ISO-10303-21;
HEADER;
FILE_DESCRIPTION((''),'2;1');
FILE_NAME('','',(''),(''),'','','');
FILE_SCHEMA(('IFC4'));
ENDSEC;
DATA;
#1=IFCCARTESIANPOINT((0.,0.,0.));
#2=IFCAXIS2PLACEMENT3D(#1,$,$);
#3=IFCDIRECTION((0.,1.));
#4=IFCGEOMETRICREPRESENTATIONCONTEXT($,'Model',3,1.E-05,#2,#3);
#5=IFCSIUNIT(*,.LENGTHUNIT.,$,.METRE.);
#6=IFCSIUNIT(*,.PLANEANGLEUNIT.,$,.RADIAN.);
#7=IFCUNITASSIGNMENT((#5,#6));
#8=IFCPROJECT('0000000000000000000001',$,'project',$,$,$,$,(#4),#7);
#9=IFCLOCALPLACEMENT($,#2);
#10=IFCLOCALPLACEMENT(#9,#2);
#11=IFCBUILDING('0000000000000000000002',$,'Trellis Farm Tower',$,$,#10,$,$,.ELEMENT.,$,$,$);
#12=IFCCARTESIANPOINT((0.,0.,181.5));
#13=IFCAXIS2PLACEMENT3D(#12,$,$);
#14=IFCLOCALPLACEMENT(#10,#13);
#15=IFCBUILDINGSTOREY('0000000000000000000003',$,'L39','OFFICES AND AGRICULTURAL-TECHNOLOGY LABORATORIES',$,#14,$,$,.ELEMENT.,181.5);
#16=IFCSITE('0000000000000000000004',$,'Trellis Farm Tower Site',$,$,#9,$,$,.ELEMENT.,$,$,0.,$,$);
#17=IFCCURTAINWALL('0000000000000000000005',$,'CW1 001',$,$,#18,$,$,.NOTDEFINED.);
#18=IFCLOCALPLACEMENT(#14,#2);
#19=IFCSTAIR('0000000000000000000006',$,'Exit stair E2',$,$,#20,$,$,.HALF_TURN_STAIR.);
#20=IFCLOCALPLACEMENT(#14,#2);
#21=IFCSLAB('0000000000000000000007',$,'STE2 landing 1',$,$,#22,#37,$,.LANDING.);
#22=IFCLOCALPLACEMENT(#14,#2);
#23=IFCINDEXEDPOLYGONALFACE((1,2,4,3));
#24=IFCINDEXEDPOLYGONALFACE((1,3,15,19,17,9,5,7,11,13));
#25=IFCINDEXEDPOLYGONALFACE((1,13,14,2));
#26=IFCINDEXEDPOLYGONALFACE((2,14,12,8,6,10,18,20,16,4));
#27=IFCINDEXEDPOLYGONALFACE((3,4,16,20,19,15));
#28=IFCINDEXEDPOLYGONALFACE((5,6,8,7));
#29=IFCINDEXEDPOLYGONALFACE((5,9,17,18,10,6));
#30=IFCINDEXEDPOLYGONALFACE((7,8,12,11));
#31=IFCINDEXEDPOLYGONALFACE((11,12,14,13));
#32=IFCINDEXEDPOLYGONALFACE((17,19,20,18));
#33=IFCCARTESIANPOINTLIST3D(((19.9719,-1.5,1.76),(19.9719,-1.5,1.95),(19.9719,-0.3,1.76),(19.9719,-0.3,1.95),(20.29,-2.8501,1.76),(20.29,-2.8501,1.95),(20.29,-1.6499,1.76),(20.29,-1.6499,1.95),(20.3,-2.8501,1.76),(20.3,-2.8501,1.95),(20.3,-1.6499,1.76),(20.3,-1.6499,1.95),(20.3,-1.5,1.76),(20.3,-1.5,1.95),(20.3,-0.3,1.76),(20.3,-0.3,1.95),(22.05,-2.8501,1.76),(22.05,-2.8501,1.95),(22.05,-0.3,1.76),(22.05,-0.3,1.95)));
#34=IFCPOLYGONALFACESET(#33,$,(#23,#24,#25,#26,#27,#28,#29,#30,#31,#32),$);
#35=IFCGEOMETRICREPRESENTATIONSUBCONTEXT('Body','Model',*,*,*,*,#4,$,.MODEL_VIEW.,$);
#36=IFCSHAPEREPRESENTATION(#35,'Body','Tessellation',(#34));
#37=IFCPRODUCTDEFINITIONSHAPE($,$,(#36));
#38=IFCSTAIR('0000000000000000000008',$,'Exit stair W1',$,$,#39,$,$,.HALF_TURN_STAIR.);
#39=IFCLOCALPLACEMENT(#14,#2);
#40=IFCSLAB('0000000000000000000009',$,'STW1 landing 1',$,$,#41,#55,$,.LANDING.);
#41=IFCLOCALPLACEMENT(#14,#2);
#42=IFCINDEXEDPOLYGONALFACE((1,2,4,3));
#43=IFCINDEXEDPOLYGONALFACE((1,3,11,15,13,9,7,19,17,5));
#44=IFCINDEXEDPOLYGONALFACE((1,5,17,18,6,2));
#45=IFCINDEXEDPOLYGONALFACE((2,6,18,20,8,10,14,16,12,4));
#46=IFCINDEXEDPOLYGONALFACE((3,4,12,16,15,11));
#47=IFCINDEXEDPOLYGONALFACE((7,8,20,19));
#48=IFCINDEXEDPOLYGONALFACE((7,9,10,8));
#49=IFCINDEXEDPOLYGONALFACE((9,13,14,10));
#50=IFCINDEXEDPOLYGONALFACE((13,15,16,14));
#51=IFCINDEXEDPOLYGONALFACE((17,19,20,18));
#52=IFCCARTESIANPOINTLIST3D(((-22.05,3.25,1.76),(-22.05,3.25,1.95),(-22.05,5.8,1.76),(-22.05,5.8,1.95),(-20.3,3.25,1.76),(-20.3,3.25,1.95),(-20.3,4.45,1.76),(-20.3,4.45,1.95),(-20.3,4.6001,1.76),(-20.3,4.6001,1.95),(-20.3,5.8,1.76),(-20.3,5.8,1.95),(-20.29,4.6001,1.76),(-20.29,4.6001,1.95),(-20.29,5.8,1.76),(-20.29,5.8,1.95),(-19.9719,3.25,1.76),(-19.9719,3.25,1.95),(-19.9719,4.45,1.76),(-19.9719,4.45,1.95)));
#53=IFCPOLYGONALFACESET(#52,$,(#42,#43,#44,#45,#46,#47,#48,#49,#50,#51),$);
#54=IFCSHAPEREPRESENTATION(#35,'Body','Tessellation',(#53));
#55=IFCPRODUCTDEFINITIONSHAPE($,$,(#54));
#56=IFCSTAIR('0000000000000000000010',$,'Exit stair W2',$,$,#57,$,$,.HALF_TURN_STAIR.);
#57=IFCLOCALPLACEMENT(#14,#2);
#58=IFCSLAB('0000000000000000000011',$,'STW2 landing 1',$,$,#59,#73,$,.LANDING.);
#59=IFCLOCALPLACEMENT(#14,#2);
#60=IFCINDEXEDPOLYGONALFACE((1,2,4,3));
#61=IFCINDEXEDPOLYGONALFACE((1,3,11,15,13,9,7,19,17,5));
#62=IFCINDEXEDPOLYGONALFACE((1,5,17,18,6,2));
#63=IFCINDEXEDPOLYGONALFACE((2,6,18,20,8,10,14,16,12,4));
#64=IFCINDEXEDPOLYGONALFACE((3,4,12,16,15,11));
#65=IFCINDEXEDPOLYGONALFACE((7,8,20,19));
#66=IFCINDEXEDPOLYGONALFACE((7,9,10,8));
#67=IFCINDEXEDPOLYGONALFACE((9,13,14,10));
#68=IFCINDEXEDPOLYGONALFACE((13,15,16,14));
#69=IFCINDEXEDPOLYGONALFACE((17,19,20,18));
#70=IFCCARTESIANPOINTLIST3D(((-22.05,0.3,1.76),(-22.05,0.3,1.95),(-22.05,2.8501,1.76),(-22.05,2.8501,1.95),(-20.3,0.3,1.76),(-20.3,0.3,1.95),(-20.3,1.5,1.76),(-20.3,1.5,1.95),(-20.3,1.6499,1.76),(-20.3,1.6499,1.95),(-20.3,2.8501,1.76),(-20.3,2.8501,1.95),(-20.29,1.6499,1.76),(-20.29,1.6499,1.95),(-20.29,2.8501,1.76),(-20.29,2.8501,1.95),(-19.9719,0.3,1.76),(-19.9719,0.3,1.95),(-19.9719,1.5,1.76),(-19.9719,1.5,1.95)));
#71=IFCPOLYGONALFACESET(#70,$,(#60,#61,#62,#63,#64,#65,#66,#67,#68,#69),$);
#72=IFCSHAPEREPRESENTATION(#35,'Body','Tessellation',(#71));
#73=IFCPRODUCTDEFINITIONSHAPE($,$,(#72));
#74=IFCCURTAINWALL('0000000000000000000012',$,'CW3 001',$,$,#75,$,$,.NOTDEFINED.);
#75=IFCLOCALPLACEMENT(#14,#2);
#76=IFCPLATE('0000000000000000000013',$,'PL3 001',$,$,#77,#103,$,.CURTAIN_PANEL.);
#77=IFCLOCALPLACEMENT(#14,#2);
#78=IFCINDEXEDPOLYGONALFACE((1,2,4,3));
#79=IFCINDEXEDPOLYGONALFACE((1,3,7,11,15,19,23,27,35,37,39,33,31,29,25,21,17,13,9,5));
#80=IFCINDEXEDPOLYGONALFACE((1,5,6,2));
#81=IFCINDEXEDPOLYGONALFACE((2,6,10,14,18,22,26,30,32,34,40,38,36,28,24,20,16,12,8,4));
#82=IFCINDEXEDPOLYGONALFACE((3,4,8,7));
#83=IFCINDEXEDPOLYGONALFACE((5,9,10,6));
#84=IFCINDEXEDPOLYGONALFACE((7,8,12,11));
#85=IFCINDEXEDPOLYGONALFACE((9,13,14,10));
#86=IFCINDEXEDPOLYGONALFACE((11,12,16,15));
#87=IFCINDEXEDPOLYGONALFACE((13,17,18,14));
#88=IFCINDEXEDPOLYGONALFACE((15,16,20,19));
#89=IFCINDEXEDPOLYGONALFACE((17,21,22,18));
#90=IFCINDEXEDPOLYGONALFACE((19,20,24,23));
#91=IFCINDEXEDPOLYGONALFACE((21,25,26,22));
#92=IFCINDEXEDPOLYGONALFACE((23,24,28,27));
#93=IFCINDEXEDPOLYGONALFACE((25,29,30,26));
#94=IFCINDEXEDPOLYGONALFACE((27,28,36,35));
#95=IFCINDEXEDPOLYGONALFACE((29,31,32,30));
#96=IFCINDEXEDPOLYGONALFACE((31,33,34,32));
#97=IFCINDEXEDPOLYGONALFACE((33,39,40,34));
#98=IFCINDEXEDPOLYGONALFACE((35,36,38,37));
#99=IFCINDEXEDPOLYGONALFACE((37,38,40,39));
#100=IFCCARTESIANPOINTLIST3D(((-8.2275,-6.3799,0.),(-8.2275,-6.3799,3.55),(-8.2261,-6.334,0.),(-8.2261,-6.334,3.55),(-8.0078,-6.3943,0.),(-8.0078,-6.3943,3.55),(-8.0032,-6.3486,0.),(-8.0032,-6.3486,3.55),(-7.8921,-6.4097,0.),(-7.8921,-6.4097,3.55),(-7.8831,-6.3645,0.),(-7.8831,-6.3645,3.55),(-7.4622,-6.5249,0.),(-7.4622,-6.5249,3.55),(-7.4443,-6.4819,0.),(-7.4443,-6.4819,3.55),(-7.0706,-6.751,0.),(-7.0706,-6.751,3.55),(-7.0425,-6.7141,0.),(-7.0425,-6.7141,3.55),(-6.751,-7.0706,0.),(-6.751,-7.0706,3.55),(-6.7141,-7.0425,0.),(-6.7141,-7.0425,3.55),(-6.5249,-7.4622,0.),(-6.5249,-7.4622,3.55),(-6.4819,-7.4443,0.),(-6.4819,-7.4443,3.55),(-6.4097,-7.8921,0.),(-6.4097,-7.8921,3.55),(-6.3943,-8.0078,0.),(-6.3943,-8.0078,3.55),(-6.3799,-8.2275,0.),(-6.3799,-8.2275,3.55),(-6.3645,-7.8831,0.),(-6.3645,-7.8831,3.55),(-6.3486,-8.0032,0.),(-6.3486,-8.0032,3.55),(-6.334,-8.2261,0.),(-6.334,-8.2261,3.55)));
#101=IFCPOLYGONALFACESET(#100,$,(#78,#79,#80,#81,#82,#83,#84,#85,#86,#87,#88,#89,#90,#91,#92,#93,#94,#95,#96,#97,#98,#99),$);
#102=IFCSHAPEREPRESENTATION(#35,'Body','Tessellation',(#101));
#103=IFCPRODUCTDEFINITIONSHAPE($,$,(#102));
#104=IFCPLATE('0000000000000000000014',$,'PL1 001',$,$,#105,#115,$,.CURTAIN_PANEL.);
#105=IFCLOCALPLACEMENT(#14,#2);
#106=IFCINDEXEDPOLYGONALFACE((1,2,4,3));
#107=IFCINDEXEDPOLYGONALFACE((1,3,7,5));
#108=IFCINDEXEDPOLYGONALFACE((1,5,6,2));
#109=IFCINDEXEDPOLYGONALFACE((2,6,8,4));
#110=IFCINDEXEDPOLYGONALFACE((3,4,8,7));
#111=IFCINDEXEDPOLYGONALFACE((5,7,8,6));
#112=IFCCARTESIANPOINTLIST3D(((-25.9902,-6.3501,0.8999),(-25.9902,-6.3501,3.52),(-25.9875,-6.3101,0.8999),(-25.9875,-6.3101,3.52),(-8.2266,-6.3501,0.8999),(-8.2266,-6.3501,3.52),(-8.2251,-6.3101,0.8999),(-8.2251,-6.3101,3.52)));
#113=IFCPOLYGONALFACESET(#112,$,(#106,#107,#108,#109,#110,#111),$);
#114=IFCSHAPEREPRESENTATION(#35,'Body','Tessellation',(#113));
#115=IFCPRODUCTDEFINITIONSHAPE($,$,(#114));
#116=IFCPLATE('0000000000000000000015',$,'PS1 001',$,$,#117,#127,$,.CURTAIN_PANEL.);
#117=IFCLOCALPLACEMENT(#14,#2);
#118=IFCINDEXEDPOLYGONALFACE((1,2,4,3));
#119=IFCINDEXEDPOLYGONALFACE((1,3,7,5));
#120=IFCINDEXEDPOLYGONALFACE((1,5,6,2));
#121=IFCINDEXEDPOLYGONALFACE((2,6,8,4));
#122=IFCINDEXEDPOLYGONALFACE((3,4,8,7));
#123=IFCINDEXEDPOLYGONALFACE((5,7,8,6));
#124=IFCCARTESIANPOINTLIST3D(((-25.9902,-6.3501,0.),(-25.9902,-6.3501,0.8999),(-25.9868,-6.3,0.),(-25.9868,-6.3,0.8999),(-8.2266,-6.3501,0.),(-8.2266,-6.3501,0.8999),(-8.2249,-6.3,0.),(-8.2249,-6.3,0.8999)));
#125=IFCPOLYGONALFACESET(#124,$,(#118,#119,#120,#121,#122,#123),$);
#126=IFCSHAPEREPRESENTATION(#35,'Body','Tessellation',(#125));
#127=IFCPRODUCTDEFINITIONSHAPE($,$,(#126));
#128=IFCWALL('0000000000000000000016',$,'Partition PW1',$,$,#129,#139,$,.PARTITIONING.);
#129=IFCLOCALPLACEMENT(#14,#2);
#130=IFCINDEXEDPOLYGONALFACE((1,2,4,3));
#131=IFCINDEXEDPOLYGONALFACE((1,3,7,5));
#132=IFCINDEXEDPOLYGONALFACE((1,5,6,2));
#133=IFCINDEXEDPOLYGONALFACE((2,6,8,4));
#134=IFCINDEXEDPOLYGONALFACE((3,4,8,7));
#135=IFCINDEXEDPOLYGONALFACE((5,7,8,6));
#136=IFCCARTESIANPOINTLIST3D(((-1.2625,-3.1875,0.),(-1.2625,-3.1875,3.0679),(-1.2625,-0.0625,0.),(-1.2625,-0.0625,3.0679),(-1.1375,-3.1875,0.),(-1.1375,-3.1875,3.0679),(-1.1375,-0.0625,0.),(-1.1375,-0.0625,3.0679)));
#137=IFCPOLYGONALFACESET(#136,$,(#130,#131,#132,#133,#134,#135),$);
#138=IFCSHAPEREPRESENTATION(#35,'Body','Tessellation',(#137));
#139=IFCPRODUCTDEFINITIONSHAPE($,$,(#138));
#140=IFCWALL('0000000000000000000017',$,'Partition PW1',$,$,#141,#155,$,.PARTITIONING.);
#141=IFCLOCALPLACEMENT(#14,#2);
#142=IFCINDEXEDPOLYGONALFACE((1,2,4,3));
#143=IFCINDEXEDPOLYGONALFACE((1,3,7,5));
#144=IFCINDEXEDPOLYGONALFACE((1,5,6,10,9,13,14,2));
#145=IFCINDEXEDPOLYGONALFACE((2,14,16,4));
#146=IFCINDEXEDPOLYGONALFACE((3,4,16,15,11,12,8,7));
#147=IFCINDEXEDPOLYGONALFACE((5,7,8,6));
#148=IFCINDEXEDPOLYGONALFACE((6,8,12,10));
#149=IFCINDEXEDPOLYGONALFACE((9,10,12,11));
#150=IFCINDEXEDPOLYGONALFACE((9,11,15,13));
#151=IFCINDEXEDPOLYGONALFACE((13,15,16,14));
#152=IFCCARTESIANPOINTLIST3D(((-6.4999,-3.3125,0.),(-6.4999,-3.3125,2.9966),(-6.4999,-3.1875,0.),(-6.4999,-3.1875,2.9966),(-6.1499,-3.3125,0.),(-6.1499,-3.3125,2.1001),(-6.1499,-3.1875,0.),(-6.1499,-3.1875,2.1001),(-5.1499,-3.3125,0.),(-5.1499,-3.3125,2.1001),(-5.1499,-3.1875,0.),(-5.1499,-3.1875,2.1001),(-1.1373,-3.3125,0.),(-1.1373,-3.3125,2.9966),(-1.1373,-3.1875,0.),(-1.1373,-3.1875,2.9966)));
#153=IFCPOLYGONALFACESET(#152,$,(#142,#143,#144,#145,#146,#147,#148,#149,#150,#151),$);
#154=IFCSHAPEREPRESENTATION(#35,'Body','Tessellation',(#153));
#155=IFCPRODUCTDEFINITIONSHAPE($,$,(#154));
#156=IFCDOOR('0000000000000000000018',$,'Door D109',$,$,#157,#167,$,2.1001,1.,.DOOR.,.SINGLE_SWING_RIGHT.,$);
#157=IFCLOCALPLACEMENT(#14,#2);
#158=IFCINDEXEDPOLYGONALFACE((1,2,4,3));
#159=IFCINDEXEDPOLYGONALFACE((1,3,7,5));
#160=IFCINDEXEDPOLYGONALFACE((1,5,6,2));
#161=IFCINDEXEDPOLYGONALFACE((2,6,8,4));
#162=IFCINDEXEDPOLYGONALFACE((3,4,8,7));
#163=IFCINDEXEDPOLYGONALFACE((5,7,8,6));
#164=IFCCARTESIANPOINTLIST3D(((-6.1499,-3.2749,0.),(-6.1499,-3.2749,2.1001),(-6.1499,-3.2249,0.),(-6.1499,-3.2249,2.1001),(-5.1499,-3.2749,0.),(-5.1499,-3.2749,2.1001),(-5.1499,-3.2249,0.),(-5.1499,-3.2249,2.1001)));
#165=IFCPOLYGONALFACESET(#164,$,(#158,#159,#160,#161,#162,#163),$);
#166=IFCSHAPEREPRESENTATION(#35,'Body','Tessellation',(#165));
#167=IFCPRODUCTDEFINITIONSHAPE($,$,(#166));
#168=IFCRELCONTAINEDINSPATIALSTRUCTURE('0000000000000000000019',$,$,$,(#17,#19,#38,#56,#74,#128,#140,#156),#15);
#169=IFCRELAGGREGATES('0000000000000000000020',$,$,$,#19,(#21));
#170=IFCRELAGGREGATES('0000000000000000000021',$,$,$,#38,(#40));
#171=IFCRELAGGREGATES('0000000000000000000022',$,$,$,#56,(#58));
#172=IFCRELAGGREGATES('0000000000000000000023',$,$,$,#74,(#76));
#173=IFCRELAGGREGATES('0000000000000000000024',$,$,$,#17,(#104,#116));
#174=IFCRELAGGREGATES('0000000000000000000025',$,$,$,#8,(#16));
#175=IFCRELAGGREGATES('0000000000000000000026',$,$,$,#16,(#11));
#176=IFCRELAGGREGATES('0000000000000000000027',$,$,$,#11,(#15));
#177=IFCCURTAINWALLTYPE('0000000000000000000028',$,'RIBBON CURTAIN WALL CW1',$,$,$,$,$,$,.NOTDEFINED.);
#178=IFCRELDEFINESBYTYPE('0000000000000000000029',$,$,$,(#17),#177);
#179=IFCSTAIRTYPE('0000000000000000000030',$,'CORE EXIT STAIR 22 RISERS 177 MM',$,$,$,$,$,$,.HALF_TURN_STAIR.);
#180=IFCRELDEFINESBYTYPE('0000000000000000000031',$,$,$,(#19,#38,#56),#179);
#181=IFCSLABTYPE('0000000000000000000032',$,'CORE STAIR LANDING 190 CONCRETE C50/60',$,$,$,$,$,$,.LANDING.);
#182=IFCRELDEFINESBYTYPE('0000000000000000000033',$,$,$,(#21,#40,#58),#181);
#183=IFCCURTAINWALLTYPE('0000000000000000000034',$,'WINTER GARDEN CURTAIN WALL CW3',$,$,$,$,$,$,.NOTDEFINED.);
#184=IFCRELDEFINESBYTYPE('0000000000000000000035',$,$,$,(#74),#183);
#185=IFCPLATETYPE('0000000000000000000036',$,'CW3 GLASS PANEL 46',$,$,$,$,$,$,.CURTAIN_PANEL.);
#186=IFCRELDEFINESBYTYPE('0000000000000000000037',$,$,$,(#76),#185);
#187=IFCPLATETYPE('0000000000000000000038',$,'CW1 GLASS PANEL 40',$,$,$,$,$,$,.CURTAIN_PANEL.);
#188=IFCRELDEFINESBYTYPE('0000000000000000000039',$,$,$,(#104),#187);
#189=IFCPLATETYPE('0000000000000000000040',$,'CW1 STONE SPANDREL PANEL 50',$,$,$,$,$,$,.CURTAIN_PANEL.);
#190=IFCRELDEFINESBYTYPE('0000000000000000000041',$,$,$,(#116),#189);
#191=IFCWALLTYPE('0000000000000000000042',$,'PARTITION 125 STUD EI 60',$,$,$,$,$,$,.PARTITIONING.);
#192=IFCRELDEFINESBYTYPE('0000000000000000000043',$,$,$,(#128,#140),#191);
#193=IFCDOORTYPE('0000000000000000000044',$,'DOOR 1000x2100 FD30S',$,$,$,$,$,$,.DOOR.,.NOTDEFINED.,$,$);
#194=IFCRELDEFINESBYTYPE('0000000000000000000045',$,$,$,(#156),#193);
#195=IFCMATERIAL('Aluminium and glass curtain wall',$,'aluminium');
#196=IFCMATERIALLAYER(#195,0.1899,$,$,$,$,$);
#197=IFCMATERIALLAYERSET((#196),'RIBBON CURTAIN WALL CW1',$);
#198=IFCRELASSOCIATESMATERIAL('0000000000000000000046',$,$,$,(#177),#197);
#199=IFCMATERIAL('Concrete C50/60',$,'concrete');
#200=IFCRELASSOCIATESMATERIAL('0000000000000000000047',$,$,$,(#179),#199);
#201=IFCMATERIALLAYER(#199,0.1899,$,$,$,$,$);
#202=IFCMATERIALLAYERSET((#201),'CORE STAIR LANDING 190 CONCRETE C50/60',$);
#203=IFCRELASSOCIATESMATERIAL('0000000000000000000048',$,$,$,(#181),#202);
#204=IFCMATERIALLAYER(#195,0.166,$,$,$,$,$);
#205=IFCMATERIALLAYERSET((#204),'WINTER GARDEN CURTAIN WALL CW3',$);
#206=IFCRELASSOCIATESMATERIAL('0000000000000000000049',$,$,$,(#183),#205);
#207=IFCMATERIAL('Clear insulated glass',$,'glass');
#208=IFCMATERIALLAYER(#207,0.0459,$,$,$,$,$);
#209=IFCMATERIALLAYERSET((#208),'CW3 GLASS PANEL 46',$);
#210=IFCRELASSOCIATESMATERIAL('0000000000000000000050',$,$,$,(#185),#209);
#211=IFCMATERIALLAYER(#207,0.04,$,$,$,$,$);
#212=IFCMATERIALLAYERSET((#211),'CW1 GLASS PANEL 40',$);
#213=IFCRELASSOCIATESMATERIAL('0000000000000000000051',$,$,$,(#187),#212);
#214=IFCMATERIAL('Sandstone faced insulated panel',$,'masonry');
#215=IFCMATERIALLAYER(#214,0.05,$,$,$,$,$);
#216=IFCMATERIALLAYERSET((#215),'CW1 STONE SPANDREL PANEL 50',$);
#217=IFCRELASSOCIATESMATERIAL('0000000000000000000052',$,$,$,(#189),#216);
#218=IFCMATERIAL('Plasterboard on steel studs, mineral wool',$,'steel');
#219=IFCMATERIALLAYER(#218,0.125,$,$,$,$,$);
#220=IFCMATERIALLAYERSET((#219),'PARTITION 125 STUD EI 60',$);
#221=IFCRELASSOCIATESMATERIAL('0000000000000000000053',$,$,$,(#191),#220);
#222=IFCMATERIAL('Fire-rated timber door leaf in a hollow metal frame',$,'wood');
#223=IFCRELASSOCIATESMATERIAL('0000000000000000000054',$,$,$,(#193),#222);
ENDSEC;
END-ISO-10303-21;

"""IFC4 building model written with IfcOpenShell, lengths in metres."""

from ifc_helpers import new_model, si_unit, direction, frame, frame_2d, origin, place, context, subcontext, project, spatial, polyline, rectangle, outline, extrude, source, transform, mapped, material, layer, layer_set, type_object, element, fill, aggregate, save


model = new_model("IFC4")

# Units and contexts
model_context = context("Model", 3, precision=1e-05, world=origin(), true_north=direction((0.0, 1.0)))
body_context = subcontext(model_context, "Body", "Model", "MODEL_VIEW")
ifc_project = project(units=[si_unit("LENGTHUNIT", "METRE"), si_unit("PLANEANGLEUNIT", "RADIAN")], contexts=[model_context])

# Site, building, storey
site_placement = place(None, origin())
site = spatial("IfcSite", under=ifc_project, at=site_placement, Name="Trellis Farm Tower Site", CompositionType="ELEMENT", RefElevation=0.0)
building_placement = place(site_placement, origin())
building = spatial("IfcBuilding", under=site, at=building_placement, Name="Trellis Farm Tower", CompositionType="ELEMENT")
storey_placement = place(building_placement, frame((0.0, 0.0, 181.5)))
storey = spatial("IfcBuildingStorey", under=building, at=storey_placement, Name="L39", Description="OFFICES AND AGRICULTURAL-TECHNOLOGY LABORATORIES", CompositionType="ELEMENT", Elevation=181.5)

# Curtain wall
ifc_material_1 = material(Name="Aluminium and glass curtain wall", Category="aluminium")
ifc_layer_1 = layer(ifc_material_1, 0.1899)
ifc_layer_set_1 = layer_set([ifc_layer_1], Name="RIBBON CURTAIN WALL CW1")
curtain_wall_type_1 = type_object("IfcCurtainWallType", Name="RIBBON CURTAIN WALL CW1", PredefinedType="NOTDEFINED", material=ifc_layer_set_1)
placement_1 = place(storey_placement, origin())
curtain_wall_1 = element("IfcCurtainWall", 1, at=placement_1, inside=storey, type_object=curtain_wall_type_1, Name="CW1 001", PredefinedType="NOTDEFINED")

# Stairs, slabs
ifc_material_2 = material(Name="Concrete C50/60", Category="concrete")
stair_type = type_object("IfcStairType", Name="CORE EXIT STAIR 22 RISERS 177 MM", PredefinedType="HALF_TURN_STAIR", material=ifc_material_2)
ifc_layer_2 = layer(ifc_material_2, 0.1899)
ifc_layer_set_2 = layer_set([ifc_layer_2], Name="CORE STAIR LANDING 190 CONCRETE C50/60")
slab_type_1 = type_object("IfcSlabType", Name="CORE STAIR LANDING 190 CONCRETE C50/60", PredefinedType="LANDING", material=ifc_layer_set_2)
placement_2 = place(storey_placement, frame((0.0, 0.0, 1.76)))
stair_1 = element("IfcStair", 2, at=placement_1, inside=storey, type_object=stair_type, Name="Exit stair E2", PredefinedType="HALF_TURN_STAIR")
shared_shape_1 = source(origin(), body_context, "Body", "SweptSolid", [
    extrude(outline(polyline([(20.29, -2.8501), (20.29, -1.6499), (20.3, -1.6499), (20.3, -1.5), (19.9719, -1.5), (19.9719, -0.3), (20.3, -0.3), (22.05, -0.3), (22.05, -2.8501), (20.3, -2.8501), (20.29, -2.8501)])), origin(), (0.0, 0.0, 1.0), 0.1899),
])
slab_1 = element("IfcSlab", 3, at=placement_2, type_object=slab_type_1, Name="STE2 landing 1", PredefinedType="LANDING", context=body_context, shape_type="MappedRepresentation", body=[
    mapped(shared_shape_1, transform((0.0, 0.0, 0.0))),
])
aggregate(stair_1, [slab_1])
stair_2 = element("IfcStair", 4, at=placement_1, inside=storey, type_object=stair_type, Name="Exit stair W1", PredefinedType="HALF_TURN_STAIR")
shared_shape_2 = source(origin(), body_context, "Body", "SweptSolid", [
    extrude(outline(polyline([(-19.9719, 4.45), (-19.9719, 3.25), (-20.3, 3.25), (-22.05, 3.25), (-22.05, 5.8), (-20.3, 5.8), (-20.29, 5.8), (-20.29, 4.6001), (-20.3, 4.6001), (-20.3, 4.45), (-19.9719, 4.45)])), origin(), (0.0, 0.0, 1.0), 0.1899),
])
slab_2 = element("IfcSlab", 5, at=placement_2, type_object=slab_type_1, Name="STW1 landing 1", PredefinedType="LANDING", context=body_context, shape_type="MappedRepresentation", body=[
    mapped(shared_shape_2, transform((0.0, 0.0, 0.0))),
])
aggregate(stair_2, [slab_2])
stair_3 = element("IfcStair", 6, at=placement_1, inside=storey, type_object=stair_type, Name="Exit stair W2", PredefinedType="HALF_TURN_STAIR")
shared_shape_3 = source(origin(), body_context, "Body", "SweptSolid", [
    extrude(outline(polyline([(-19.9719, 1.5), (-19.9719, 0.3), (-20.3, 0.3), (-22.05, 0.3), (-22.05, 2.8501), (-20.3, 2.8501), (-20.29, 2.8501), (-20.29, 1.6499), (-20.3, 1.6499), (-20.3, 1.5), (-19.9719, 1.5)])), origin(), (0.0, 0.0, 1.0), 0.1899),
])
slab_3 = element("IfcSlab", 7, at=placement_2, type_object=slab_type_1, Name="STW2 landing 1", PredefinedType="LANDING", context=body_context, shape_type="MappedRepresentation", body=[
    mapped(shared_shape_3, transform((0.0, 0.0, 0.0))),
])
aggregate(stair_3, [slab_3])

# Curtain wall, plate
ifc_layer_3 = layer(ifc_material_1, 0.166)
ifc_layer_set_3 = layer_set([ifc_layer_3], Name="WINTER GARDEN CURTAIN WALL CW3")
curtain_wall_type_2 = type_object("IfcCurtainWallType", Name="WINTER GARDEN CURTAIN WALL CW3", PredefinedType="NOTDEFINED", material=ifc_layer_set_3)
curtain_wall_2 = element("IfcCurtainWall", 8, at=placement_1, inside=storey, type_object=curtain_wall_type_2, Name="CW3 001", PredefinedType="NOTDEFINED")
ifc_material_3 = material(Name="Clear insulated glass", Category="glass")
ifc_layer_4 = layer(ifc_material_3, 0.0459)
ifc_layer_set_4 = layer_set([ifc_layer_4], Name="CW3 GLASS PANEL 46")
plate_type_1 = type_object("IfcPlateType", Name="CW3 GLASS PANEL 46", PredefinedType="CURTAIN_PANEL", material=ifc_layer_set_4)
shared_shape_4 = source(origin(), body_context, "Body", "SweptSolid", [
    extrude(outline(polyline([(-8.2275, -6.3799), (-8.0078, -6.3943), (-7.8921, -6.4097), (-7.4622, -6.5249), (-7.0706, -6.751), (-6.751, -7.0706), (-6.5249, -7.4622), (-6.4097, -7.8921), (-6.3943, -8.0078), (-6.3799, -8.2275), (-6.334, -8.2261), (-6.3486, -8.0032), (-6.3645, -7.8831), (-6.4819, -7.4443), (-6.7141, -7.0425), (-7.0425, -6.7141), (-7.4443, -6.4819), (-7.8831, -6.3645), (-8.0032, -6.3486), (-8.2261, -6.334), (-8.2275, -6.3799)])), origin(), (0.0, 0.0, 1.0), 3.55),
])
plate_1 = element("IfcPlate", 9, at=placement_1, type_object=plate_type_1, Name="PL3 001", PredefinedType="CURTAIN_PANEL", context=body_context, shape_type="MappedRepresentation", body=[
    mapped(shared_shape_4, transform((0.0, 0.0, 0.0))),
])
aggregate(curtain_wall_2, [plate_1])

# Plates
ifc_layer_5 = layer(ifc_material_3, 0.04)
ifc_layer_set_5 = layer_set([ifc_layer_5], Name="CW1 GLASS PANEL 40")
plate_type_2 = type_object("IfcPlateType", Name="CW1 GLASS PANEL 40", PredefinedType="CURTAIN_PANEL", material=ifc_layer_set_5)
shared_shape_5 = source(origin(), body_context, "Body", "SweptSolid", [
    extrude(outline(polyline([(-25.9902, -6.3501), (-8.2266, -6.3501), (-8.2251, -6.3101), (-25.9875, -6.3101), (-25.9902, -6.3501)])), origin(), (0.0, 0.0, 1.0), 2.6201),
])
plate_2_placement = place(storey_placement, frame((0.0, 0.0, 0.8999)))
plate_2 = element("IfcPlate", 10, at=plate_2_placement, type_object=plate_type_2, Name="PL1 001", PredefinedType="CURTAIN_PANEL", context=body_context, shape_type="MappedRepresentation", body=[
    mapped(shared_shape_5, transform((0.0, 0.0, 0.0))),
])
ifc_material_4 = material(Name="Sandstone faced insulated panel", Category="masonry")
ifc_layer_6 = layer(ifc_material_4, 0.05)
ifc_layer_set_6 = layer_set([ifc_layer_6], Name="CW1 STONE SPANDREL PANEL 50")
plate_type_3 = type_object("IfcPlateType", Name="CW1 STONE SPANDREL PANEL 50", PredefinedType="CURTAIN_PANEL", material=ifc_layer_set_6)
shared_shape_6 = source(origin(), body_context, "Body", "SweptSolid", [
    extrude(outline(polyline([(-25.9902, -6.3501), (-8.2266, -6.3501), (-8.2249, -6.3), (-25.9868, -6.3), (-25.9902, -6.3501)])), origin(), (0.0, 0.0, 1.0), 0.8999),
])
plate_3 = element("IfcPlate", 11, at=placement_1, type_object=plate_type_3, Name="PS1 001", PredefinedType="CURTAIN_PANEL", context=body_context, shape_type="MappedRepresentation", body=[
    mapped(shared_shape_6, transform((0.0, 0.0, 0.0))),
])
aggregate(curtain_wall_1, [plate_2, plate_3])

# Wall
ifc_material_5 = material(Name="Plasterboard on steel studs, mineral wool", Category="steel")
ifc_layer_7 = layer(ifc_material_5, 0.125)
ifc_layer_set_7 = layer_set([ifc_layer_7], Name="PARTITION 125 STUD EI 60")
wall_type = type_object("IfcWallType", Name="PARTITION 125 STUD EI 60", PredefinedType="PARTITIONING", material=ifc_layer_set_7)
shared_shape_7 = source(origin(), body_context, "Body", "SweptSolid", [
    extrude(rectangle(XDim=3.125, YDim=0.125, at=frame_2d((1.5625, 0.0))), origin(), (0.0, 0.0, 1.0), 3.0679),
])
wall_1_placement = place(storey_placement, frame((-1.2, -0.0625, 0.0), z_axis=(0.0, 0.0, 1.0), x_axis=(0.0, -1.0, 0.0)))
element("IfcWall", 12, at=wall_1_placement, inside=storey, type_object=wall_type, Name="Partition PW1", PredefinedType="PARTITIONING", context=body_context, shape_type="MappedRepresentation", body=[
    mapped(shared_shape_7, transform((0.0, 0.0, 0.0))),
])

# Wall, opening, door
shared_shape_8 = source(origin(), body_context, "Body", "SweptSolid", [
    extrude(rectangle(XDim=5.3625, YDim=0.125, at=frame_2d((2.6812, 0.0))), origin(), (0.0, 0.0, 1.0), 2.9966),
])
wall_2_placement = place(storey_placement, frame((-1.1375, -3.25, 0.0), z_axis=(0.0, 0.0, 1.0), x_axis=(-1.0, 0.0, 0.0)))
wall_2 = element("IfcWall", 13, at=wall_2_placement, inside=storey, type_object=wall_type, Name="Partition PW1", PredefinedType="PARTITIONING", context=body_context, shape_type="MappedRepresentation", body=[
    mapped(shared_shape_8, transform((0.0, 0.0, 0.0))),
])
shared_shape_9 = source(origin(), body_context, "Body", "SweptSolid", [
    extrude(rectangle(XDim=1.0, YDim=2.1001, at=frame_2d((0.5, 1.05))), frame((0.0, 0.0725, 0.0), z_axis=(0.0, -1.0, 0.0), x_axis=(1.0, 0.0, 0.0)), (0.0, 0.0, 1.0), 0.145),
])
opening_placement = place(wall_2_placement, frame((4.0125, 0.0, 0.0)))
opening = element("IfcOpeningElement", 14, at=opening_placement, cuts=wall_2, PredefinedType="OPENING", context=body_context, shape_type="MappedRepresentation", body=[
    mapped(shared_shape_9, transform((0.0, 0.0, 0.0))),
])
ifc_material_6 = material(Name="Fire-rated timber door leaf in a hollow metal frame", Category="wood")
door_type = type_object("IfcDoorType", Name="DOOR 1000x2100 FD30S", OperationType="NOTDEFINED", PredefinedType="DOOR", material=ifc_material_6)
shared_shape_10 = source(origin(), body_context, "Body", "SweptSolid", [
    extrude(rectangle(XDim=1.0, YDim=2.1001, at=frame_2d((0.5, 1.05))), frame((0.0, 0.0249, 0.0), z_axis=(0.0, -1.0, 0.0), x_axis=(1.0, 0.0, 0.0)), (0.0, 0.0, 1.0), 0.05),
])
door_placement = place(opening_placement, origin())
door = element("IfcDoor", 15, at=door_placement, inside=storey, type_object=door_type, Name="Door D109", OperationType="SINGLE_SWING_RIGHT", OverallHeight=2.1001, OverallWidth=1.0, PredefinedType="DOOR", context=body_context, shape_type="MappedRepresentation", body=[
    mapped(shared_shape_10, transform((0.0, 0.0, 0.0))),
])
fill(opening, door)

save(model, "model.ifc")
